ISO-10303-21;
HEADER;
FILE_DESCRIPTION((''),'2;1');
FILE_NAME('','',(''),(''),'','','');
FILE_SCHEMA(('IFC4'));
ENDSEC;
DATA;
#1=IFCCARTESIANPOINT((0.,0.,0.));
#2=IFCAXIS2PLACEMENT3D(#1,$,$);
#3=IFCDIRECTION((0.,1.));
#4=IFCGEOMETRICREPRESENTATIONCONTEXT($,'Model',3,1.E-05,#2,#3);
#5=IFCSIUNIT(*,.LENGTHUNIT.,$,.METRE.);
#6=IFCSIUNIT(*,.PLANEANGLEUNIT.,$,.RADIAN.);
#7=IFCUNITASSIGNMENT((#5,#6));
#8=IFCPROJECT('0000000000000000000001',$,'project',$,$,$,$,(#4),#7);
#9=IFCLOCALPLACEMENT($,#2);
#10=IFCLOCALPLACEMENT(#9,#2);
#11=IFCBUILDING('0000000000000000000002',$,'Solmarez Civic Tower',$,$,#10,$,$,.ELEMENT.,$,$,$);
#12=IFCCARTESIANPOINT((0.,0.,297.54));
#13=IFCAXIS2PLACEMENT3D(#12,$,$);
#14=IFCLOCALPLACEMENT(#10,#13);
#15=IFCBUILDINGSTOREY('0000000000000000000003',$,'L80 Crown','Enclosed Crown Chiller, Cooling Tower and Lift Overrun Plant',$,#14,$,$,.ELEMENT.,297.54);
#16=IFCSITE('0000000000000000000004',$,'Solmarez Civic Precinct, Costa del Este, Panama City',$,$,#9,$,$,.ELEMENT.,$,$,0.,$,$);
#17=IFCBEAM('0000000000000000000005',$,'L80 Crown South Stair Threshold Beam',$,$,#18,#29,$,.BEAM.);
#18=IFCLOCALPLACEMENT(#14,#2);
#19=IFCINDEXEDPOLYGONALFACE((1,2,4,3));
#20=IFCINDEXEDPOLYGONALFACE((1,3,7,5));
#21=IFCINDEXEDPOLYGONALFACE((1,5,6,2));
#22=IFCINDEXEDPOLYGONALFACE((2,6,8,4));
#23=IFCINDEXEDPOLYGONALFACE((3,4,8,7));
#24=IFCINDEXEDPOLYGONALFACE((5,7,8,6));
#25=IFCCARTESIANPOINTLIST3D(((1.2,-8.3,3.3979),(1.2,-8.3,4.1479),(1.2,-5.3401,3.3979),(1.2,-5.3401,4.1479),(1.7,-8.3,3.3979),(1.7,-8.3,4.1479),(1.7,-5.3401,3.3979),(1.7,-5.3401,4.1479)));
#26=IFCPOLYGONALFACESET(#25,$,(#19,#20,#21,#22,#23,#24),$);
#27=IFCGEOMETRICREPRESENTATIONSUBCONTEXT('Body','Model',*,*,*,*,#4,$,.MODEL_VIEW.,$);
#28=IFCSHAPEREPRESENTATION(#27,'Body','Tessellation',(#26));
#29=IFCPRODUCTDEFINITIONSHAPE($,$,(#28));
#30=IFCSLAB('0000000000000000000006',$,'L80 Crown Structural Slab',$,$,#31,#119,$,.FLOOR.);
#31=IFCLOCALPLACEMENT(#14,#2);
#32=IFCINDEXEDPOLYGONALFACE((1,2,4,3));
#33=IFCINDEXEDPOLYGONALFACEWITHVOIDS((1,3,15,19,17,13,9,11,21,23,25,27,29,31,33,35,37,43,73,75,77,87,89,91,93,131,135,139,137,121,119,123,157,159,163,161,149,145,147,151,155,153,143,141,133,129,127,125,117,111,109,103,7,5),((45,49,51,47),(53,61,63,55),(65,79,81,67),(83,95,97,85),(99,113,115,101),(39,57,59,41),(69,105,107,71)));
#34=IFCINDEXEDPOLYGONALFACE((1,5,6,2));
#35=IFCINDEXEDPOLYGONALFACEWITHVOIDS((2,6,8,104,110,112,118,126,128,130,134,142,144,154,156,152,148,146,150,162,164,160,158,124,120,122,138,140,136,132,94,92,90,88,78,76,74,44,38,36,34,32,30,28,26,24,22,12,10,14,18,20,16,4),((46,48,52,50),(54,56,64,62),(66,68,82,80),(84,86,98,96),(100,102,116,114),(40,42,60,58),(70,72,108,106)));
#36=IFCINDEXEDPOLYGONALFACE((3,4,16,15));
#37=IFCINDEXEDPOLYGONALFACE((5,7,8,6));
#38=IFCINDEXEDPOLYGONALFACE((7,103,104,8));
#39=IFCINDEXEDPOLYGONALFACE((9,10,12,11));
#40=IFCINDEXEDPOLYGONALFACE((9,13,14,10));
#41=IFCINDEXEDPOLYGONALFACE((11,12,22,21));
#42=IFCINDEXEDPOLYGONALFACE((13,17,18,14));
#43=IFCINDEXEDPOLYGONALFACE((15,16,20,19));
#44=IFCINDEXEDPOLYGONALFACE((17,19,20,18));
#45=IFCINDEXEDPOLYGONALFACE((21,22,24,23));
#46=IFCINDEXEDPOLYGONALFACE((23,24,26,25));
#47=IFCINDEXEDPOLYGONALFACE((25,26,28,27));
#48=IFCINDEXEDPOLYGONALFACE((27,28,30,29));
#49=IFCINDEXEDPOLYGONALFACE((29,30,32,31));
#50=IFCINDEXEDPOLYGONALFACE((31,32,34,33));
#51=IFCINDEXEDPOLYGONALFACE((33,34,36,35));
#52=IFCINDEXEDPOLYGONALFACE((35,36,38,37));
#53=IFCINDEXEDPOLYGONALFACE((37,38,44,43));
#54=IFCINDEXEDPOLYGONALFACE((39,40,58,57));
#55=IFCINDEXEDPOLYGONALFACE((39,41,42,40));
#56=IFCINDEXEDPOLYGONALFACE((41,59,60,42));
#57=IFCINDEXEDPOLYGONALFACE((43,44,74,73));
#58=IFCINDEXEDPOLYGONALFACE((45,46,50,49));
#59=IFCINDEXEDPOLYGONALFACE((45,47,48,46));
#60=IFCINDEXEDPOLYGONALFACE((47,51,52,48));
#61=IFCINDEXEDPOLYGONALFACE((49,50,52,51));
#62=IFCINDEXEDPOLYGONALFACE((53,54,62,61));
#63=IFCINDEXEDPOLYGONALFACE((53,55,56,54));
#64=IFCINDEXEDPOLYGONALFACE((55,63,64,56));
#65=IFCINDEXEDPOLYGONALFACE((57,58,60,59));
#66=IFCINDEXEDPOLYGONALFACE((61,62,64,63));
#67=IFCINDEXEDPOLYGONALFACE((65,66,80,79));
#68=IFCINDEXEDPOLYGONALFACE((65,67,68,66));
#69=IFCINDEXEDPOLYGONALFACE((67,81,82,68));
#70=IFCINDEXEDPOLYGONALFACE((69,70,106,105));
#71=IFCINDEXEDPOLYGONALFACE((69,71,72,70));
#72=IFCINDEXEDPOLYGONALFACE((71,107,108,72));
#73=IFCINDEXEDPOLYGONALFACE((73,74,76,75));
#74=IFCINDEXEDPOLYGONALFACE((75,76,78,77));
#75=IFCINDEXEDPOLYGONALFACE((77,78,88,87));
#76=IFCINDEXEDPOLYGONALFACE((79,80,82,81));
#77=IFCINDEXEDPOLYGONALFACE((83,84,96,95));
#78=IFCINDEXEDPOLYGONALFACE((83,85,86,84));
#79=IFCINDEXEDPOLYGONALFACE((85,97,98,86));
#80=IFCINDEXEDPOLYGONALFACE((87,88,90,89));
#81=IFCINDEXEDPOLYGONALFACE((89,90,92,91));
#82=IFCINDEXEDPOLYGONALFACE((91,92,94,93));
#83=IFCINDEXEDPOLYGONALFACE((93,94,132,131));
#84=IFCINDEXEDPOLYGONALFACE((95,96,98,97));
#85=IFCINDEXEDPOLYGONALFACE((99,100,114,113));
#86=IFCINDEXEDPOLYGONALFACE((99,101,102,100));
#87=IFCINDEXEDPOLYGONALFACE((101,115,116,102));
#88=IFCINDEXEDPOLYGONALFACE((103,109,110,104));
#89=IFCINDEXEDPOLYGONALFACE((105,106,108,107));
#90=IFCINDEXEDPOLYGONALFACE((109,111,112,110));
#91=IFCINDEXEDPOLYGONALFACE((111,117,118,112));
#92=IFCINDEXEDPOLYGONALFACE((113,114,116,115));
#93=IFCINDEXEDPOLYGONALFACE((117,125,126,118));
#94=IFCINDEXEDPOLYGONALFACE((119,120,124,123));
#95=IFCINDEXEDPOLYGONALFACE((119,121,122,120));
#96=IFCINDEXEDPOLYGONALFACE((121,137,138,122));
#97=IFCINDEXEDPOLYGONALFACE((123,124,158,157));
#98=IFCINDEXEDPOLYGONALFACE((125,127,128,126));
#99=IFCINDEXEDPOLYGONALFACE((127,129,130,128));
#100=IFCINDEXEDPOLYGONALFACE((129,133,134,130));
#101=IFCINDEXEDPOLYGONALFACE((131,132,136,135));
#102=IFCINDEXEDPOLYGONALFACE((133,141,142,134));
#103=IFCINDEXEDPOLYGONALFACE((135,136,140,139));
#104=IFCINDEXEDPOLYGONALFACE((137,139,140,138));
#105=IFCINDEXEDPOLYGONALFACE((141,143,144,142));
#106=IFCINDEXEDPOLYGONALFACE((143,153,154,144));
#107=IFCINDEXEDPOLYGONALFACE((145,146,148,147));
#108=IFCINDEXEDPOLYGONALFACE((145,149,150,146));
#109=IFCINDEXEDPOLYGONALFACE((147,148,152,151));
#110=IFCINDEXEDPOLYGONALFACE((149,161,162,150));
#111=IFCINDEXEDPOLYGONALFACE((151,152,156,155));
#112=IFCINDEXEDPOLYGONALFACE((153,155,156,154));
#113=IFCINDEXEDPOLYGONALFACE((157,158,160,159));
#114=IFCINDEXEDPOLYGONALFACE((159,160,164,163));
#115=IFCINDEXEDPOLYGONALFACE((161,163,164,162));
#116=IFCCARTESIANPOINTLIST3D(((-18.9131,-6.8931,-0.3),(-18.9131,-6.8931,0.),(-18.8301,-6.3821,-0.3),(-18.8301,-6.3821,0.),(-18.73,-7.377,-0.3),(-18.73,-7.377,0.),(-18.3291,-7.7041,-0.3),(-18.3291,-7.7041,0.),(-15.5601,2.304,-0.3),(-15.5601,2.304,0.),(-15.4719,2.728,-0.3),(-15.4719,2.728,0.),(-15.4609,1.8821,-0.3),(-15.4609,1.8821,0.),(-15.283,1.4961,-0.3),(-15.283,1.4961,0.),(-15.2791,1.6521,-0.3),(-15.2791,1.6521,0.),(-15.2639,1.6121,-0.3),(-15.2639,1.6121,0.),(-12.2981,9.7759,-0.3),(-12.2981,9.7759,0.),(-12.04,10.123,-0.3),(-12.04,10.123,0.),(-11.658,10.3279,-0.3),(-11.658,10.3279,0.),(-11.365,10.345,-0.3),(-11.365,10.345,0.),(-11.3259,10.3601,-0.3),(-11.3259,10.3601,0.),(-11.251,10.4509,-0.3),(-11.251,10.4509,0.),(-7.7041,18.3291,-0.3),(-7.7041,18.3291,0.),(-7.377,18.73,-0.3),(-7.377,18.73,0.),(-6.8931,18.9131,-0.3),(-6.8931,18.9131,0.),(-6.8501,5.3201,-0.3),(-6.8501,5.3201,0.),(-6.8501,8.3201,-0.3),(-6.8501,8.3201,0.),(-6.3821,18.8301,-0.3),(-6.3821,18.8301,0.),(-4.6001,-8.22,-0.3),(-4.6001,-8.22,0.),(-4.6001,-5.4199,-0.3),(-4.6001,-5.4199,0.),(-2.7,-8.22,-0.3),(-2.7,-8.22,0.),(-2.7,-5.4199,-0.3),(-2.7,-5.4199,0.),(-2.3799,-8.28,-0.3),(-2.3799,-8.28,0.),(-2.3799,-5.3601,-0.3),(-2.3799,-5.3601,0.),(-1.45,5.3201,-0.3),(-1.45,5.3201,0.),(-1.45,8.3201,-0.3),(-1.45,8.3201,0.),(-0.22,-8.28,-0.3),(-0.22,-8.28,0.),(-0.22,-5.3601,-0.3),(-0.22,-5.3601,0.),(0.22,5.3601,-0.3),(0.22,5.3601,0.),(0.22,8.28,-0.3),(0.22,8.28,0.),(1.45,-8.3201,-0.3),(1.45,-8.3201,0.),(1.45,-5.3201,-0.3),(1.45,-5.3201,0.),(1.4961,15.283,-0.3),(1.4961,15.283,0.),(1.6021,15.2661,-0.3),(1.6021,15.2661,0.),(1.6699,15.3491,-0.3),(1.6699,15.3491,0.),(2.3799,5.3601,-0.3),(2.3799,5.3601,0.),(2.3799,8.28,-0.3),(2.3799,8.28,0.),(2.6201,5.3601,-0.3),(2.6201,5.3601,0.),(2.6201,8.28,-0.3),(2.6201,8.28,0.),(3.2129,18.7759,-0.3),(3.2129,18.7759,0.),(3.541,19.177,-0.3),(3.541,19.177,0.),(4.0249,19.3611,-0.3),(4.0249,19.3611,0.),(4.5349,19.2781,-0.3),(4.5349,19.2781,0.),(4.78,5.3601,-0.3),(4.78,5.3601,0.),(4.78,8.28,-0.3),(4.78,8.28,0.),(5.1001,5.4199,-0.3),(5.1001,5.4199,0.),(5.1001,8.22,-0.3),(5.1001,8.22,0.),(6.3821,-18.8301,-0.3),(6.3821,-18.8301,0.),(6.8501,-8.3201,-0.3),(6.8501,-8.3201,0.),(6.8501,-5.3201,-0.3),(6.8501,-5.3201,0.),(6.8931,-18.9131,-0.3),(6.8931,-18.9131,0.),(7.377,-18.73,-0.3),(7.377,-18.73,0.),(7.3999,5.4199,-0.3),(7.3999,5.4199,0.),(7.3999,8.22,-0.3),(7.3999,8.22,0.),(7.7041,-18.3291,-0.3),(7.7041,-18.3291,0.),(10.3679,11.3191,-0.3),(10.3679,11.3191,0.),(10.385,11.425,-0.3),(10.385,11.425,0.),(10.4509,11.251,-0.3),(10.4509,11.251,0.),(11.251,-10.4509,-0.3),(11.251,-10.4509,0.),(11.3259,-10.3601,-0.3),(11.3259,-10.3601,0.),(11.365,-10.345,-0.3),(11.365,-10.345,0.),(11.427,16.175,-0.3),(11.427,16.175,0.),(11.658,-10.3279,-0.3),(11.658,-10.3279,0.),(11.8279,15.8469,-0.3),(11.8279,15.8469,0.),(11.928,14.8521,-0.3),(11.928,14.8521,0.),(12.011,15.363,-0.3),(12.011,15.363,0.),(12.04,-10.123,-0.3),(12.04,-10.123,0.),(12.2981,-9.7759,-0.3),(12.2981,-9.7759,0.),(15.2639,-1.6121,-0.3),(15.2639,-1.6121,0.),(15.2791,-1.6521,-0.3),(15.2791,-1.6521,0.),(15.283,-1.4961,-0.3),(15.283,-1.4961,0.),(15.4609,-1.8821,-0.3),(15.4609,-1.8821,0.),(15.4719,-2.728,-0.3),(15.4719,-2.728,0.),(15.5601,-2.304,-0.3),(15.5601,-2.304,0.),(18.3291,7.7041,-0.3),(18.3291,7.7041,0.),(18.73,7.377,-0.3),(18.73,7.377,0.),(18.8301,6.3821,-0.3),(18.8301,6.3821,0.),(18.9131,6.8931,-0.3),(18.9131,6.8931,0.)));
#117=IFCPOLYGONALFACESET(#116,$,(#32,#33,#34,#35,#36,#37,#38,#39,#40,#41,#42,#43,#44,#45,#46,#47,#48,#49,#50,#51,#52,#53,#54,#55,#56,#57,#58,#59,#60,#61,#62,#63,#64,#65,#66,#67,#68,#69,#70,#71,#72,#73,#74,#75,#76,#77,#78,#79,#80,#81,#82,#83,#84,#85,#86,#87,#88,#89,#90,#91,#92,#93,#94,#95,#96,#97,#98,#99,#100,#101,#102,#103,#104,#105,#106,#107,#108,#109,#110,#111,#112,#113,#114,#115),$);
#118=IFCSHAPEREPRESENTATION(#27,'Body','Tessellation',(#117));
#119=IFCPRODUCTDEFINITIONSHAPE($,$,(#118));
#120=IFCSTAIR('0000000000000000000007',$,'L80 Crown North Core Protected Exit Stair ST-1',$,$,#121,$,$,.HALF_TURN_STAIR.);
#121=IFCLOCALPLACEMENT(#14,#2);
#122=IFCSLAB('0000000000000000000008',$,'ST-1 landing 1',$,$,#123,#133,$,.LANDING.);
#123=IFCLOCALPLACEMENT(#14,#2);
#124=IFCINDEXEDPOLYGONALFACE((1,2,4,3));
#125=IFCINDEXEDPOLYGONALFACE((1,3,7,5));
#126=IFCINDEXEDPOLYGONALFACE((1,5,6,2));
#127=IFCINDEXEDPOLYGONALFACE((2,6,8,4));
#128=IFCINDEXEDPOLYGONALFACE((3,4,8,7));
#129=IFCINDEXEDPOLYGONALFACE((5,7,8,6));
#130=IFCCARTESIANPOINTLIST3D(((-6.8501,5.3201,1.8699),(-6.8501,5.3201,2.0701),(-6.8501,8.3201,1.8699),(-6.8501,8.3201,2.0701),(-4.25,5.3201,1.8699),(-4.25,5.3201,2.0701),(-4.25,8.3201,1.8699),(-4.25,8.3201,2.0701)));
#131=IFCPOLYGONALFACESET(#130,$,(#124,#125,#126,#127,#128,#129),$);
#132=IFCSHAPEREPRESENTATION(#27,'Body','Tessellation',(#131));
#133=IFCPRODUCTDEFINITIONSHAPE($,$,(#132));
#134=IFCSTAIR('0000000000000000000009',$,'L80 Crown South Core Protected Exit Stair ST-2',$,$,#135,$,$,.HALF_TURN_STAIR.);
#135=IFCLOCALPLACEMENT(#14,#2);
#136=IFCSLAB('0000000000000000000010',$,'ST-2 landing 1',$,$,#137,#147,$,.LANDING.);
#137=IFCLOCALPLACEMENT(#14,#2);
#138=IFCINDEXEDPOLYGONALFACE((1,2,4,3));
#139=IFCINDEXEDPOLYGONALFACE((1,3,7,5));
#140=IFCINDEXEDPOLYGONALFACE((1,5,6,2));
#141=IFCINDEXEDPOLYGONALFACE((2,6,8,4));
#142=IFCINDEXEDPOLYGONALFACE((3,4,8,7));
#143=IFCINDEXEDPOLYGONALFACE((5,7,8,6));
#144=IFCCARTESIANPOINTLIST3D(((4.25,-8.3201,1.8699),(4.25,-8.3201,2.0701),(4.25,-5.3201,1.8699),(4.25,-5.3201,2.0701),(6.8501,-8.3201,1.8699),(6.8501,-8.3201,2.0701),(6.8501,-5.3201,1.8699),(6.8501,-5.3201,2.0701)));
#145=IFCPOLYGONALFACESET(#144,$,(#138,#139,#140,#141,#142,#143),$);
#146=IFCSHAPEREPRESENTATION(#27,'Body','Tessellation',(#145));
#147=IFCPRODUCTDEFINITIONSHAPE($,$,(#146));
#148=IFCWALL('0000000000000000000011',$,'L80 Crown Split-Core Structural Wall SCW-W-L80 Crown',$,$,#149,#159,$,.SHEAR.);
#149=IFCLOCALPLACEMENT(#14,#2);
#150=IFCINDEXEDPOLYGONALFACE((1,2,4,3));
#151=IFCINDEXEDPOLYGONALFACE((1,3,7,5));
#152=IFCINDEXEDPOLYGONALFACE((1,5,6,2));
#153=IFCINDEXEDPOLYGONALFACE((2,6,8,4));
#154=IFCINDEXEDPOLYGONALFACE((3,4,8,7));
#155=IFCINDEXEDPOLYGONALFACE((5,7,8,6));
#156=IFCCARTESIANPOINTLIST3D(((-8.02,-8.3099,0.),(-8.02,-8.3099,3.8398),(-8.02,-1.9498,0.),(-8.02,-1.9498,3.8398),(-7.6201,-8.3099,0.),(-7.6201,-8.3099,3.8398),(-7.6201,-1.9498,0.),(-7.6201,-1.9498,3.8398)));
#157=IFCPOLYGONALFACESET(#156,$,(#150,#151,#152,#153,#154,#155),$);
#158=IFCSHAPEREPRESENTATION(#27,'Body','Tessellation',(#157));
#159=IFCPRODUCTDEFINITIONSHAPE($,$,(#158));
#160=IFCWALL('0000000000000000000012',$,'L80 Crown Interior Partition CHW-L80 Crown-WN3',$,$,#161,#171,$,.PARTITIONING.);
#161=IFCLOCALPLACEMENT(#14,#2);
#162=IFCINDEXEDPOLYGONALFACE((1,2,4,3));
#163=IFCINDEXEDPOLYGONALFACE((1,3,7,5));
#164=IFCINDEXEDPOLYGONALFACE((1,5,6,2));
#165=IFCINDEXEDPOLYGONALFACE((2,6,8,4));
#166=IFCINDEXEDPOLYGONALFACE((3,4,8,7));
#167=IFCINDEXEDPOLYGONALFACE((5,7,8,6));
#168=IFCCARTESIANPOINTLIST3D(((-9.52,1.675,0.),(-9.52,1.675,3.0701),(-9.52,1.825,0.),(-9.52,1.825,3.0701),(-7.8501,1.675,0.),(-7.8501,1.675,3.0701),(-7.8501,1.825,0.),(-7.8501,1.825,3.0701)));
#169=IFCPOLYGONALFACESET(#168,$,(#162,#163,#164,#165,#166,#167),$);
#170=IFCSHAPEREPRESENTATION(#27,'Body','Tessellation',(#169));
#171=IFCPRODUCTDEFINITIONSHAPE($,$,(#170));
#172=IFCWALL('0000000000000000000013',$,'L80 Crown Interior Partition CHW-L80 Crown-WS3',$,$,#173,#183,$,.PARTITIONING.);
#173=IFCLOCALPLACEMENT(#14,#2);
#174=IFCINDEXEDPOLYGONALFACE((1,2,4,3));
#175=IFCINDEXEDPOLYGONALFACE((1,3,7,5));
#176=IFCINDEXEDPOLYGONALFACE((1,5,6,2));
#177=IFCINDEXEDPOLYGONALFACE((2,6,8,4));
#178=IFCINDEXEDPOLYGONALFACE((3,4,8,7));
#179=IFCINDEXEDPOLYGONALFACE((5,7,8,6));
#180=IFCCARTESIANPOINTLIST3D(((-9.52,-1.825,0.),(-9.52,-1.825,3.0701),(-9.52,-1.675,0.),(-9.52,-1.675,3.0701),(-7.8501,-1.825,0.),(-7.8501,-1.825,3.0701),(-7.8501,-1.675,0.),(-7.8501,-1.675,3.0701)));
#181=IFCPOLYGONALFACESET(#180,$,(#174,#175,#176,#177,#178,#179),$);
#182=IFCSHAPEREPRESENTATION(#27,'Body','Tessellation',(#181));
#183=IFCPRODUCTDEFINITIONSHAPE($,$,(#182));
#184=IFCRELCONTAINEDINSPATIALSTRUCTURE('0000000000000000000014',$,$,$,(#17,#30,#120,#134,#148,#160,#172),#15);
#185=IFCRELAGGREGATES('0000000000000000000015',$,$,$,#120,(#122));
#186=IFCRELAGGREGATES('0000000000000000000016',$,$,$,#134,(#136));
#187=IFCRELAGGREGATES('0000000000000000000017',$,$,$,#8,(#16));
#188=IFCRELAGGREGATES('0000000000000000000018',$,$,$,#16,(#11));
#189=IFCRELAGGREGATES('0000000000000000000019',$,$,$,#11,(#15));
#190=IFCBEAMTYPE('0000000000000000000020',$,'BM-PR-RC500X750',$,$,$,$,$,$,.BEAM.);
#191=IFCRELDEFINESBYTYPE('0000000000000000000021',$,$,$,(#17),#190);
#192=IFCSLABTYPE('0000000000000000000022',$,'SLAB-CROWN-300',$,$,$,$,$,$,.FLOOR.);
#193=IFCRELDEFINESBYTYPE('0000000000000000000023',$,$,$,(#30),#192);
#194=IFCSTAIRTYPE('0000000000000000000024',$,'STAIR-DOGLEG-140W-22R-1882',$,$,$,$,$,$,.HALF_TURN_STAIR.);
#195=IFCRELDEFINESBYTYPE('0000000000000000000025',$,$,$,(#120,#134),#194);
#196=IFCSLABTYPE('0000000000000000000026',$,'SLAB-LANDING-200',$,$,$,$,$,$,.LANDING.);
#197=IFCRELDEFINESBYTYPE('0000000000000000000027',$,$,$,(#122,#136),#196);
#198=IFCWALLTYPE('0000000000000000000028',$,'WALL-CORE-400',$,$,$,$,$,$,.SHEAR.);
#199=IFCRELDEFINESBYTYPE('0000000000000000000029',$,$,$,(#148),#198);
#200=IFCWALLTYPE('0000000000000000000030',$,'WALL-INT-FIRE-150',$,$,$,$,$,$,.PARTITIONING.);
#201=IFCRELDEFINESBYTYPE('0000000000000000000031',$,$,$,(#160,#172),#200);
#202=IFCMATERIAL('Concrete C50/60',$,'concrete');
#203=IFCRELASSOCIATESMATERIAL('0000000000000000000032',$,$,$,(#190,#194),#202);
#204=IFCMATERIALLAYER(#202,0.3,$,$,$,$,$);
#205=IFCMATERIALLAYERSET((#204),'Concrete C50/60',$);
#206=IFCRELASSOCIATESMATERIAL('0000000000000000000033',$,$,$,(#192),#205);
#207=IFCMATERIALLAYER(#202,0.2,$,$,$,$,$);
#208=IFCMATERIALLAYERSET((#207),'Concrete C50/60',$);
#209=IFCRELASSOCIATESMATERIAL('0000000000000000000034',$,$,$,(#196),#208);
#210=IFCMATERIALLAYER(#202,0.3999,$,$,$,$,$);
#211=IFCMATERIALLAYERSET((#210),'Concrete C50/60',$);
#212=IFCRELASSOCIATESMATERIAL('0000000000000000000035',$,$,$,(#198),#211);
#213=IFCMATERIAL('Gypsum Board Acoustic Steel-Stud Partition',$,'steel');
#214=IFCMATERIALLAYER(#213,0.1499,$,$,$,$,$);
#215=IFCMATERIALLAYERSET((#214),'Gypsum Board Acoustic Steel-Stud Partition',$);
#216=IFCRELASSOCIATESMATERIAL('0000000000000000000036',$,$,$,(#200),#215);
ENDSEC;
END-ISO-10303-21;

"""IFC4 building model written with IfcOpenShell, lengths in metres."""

from ifc_helpers import new_model, si_unit, direction, frame, frame_2d, origin, origin_2d, place, context, subcontext, project, spatial, polyline, rectangle, outline, extrude, material, layer, layer_set, material_profile, profile_set, type_object, element, aggregate, save


model = new_model("IFC4")

# Units and contexts
model_context = context("Model", 3, precision=1e-05, world=origin(), true_north=direction((0.0, 1.0)))
body_context = subcontext(model_context, "Body", "Model", "MODEL_VIEW")
ifc_project = project(units=[si_unit("LENGTHUNIT", "METRE"), si_unit("PLANEANGLEUNIT", "RADIAN")], contexts=[model_context])

# Site, building, storey
site_placement = place(None, origin())
site = spatial("IfcSite", under=ifc_project, at=site_placement, Name="Solmarez Civic Precinct, Costa del Este, Panama City", CompositionType="ELEMENT", RefElevation=0.0)
building_placement = place(site_placement, origin())
building = spatial("IfcBuilding", under=site, at=building_placement, Name="Solmarez Civic Tower", CompositionType="ELEMENT")
storey_placement = place(building_placement, frame((0.0, 0.0, 297.54)))
storey = spatial("IfcBuildingStorey", under=building, at=storey_placement, Name="L80 Crown", Description="Enclosed Crown Chiller, Cooling Tower and Lift Overrun Plant", CompositionType="ELEMENT", Elevation=297.54)

# Beam
ifc_material_1 = material(Name="Concrete C50/60", Category="concrete")
ifc_material_profile = material_profile(ifc_material_1, rectangle(XDim=0.5, YDim=0.75, at=origin_2d()), Name="RC500X750")
ifc_profile_set = profile_set([ifc_material_profile], Name="Concrete C50/60")
beam_type = type_object("IfcBeamType", Name="BM-PR-RC500X750", PredefinedType="BEAM", material=ifc_profile_set)
beam_placement = place(storey_placement, frame((1.45, -8.3, 3.7729), z_axis=(0.0, 1.0, 0.0), x_axis=(-1.0, 0.0, 0.0)))
element("IfcBeam", 1, at=beam_placement, inside=storey, type_object=beam_type, Name="L80 Crown South Stair Threshold Beam", PredefinedType="BEAM", context=body_context, shape_type="SweptSolid", body=[
    extrude(rectangle(XDim=0.5, YDim=0.75, at=origin_2d()), origin(), (0.0, 0.0, 1.0), 2.96),
])

# Slab
ifc_layer_1 = layer(ifc_material_1, 0.3)
ifc_layer_set_1 = layer_set([ifc_layer_1], Name="Concrete C50/60")
slab_type_1 = type_object("IfcSlabType", Name="SLAB-CROWN-300", PredefinedType="FLOOR", material=ifc_layer_set_1)
slab_1_placement = place(storey_placement, frame((0.0, 0.0, -0.3)))
element("IfcSlab", 2, at=slab_1_placement, inside=storey, type_object=slab_type_1, Name="L80 Crown Structural Slab", PredefinedType="FLOOR", context=body_context, shape_type="SweptSolid", body=[
    extrude(outline(polyline([(-15.2639, 1.6121), (-15.283, 1.4961), (-18.8301, -6.3821), (-18.9131, -6.8931), (-18.73, -7.377), (-18.3291, -7.7041), (6.3821, -18.8301), (6.8931, -18.9131), (7.377, -18.73), (7.7041, -18.3291), (11.251, -10.4509), (11.3259, -10.3601), (11.365, -10.345), (11.658, -10.3279), (12.04, -10.123), (12.2981, -9.7759), (15.4719, -2.728), (15.5601, -2.304), (15.4609, -1.8821), (15.2791, -1.6521), (15.2639, -1.6121), (15.283, -1.4961), (18.8301, 6.3821), (18.9131, 6.8931), (18.73, 7.377), (18.3291, 7.7041), (10.4509, 11.251), (10.3679, 11.3191), (10.385, 11.425), (11.928, 14.8521), (12.011, 15.363), (11.8279, 15.8469), (11.427, 16.175), (4.5349, 19.2781), (4.0249, 19.3611), (3.541, 19.177), (3.2129, 18.7759), (1.6699, 15.3491), (1.6021, 15.2661), (1.4961, 15.283), (-6.3821, 18.8301), (-6.8931, 18.9131), (-7.377, 18.73), (-7.7041, 18.3291), (-11.251, 10.4509), (-11.3259, 10.3601), (-11.365, 10.345), (-11.658, 10.3279), (-12.04, 10.123), (-12.2981, 9.7759), (-15.4719, 2.728), (-15.5601, 2.304), (-15.4609, 1.8821), (-15.2791, 1.6521), (-15.2639, 1.6121)]), holes=[polyline([(-1.45, 8.3201), (-6.8501, 8.3201), (-6.8501, 5.3201), (-1.45, 5.3201), (-1.45, 8.3201)]), polyline([(1.45, -8.3201), (6.8501, -8.3201), (6.8501, -5.3201), (1.45, -5.3201), (1.45, -8.3201)]), polyline([(0.22, 5.3601), (2.3799, 5.3601), (2.3799, 8.28), (0.22, 8.28), (0.22, 5.3601)]), polyline([(2.6201, 5.3601), (4.78, 5.3601), (4.78, 8.28), (2.6201, 8.28), (2.6201, 5.3601)]), polyline([(-2.3799, -8.28), (-0.22, -8.28), (-0.22, -5.3601), (-2.3799, -5.3601), (-2.3799, -8.28)]), polyline([(5.1001, 5.4199), (7.3999, 5.4199), (7.3999, 8.22), (5.1001, 8.22), (5.1001, 5.4199)]), polyline([(-4.6001, -8.22), (-2.7, -8.22), (-2.7, -5.4199), (-4.6001, -5.4199), (-4.6001, -8.22)])]), origin(), (0.0, 0.0, 1.0), 0.3),
])

# Stairs, slabs
stair_type = type_object("IfcStairType", Name="STAIR-DOGLEG-140W-22R-1882", PredefinedType="HALF_TURN_STAIR", material=ifc_material_1)
stair_1_placement = place(storey_placement, origin())
stair_1 = element("IfcStair", 3, at=stair_1_placement, inside=storey, type_object=stair_type, Name="L80 Crown North Core Protected Exit Stair ST-1", PredefinedType="HALF_TURN_STAIR")
ifc_layer_2 = layer(ifc_material_1, 0.2)
ifc_layer_set_2 = layer_set([ifc_layer_2], Name="Concrete C50/60")
slab_type_2 = type_object("IfcSlabType", Name="SLAB-LANDING-200", PredefinedType="LANDING", material=ifc_layer_set_2)
slab_2_placement = place(storey_placement, frame((0.0, 0.0, 1.8699)))
slab_2 = element("IfcSlab", 4, at=slab_2_placement, type_object=slab_type_2, Name="ST-1 landing 1", PredefinedType="LANDING", context=body_context, shape_type="SweptSolid", body=[
    extrude(outline(polyline([(-4.25, 8.3201), (-6.8501, 8.3201), (-6.8501, 5.3201), (-4.25, 5.3201), (-4.25, 8.3201)])), origin(), (0.0, 0.0, 1.0), 0.2002),
])
aggregate(stair_1, [slab_2])
stair_2_placement = place(storey_placement, origin())
stair_2 = element("IfcStair", 5, at=stair_2_placement, inside=storey, type_object=stair_type, Name="L80 Crown South Core Protected Exit Stair ST-2", PredefinedType="HALF_TURN_STAIR")
slab_3_placement = place(storey_placement, frame((0.0, 0.0, 1.8699)))
slab_3 = element("IfcSlab", 6, at=slab_3_placement, type_object=slab_type_2, Name="ST-2 landing 1", PredefinedType="LANDING", context=body_context, shape_type="SweptSolid", body=[
    extrude(outline(polyline([(4.25, -8.3201), (6.8501, -8.3201), (6.8501, -5.3201), (4.25, -5.3201), (4.25, -8.3201)])), origin(), (0.0, 0.0, 1.0), 0.2002),
])

# Walls
ifc_layer_3 = layer(ifc_material_1, 0.3999)
ifc_layer_set_3 = layer_set([ifc_layer_3], Name="Concrete C50/60")
wall_type_1 = type_object("IfcWallType", Name="WALL-CORE-400", PredefinedType="SHEAR", material=ifc_layer_set_3)
wall_1_placement = place(storey_placement, frame((-7.8201, -8.3101, 0.0), z_axis=(0.0, 0.0, 1.0), x_axis=(0.0, 1.0, 0.0)))
element("IfcWall", 7, at=wall_1_placement, inside=storey, type_object=wall_type_1, Name="L80 Crown Split-Core Structural Wall SCW-W-L80 Crown", PredefinedType="SHEAR", context=body_context, shape_type="SweptSolid", body=[
    extrude(rectangle(XDim=6.3601, YDim=0.3999, at=frame_2d((3.1802, 0.0))), origin(), (0.0, 0.0, 1.0), 3.8398),
])
ifc_material_2 = material(Name="Gypsum Board Acoustic Steel-Stud Partition", Category="steel")
ifc_layer_4 = layer(ifc_material_2, 0.1499)
ifc_layer_set_4 = layer_set([ifc_layer_4], Name="Gypsum Board Acoustic Steel-Stud Partition")
wall_type_2 = type_object("IfcWallType", Name="WALL-INT-FIRE-150", PredefinedType="PARTITIONING", material=ifc_layer_set_4)
for number, where, z_axis, x_axis, name in (
    (8, (-7.8501, 1.75, 0.0), (0.0, 0.0, 1.0), (-1.0, 0.0, 0.0), "L80 Crown Interior Partition CHW-L80 Crown-WN3"),
    (9, (-7.8501, -1.75, 0.0), (0.0, 0.0, 1.0), (-1.0, 0.0, 0.0), "L80 Crown Interior Partition CHW-L80 Crown-WS3"),
):
    element("IfcWall", number, at=place(storey_placement, frame(where, z_axis=z_axis, x_axis=x_axis)), inside=storey, type_object=wall_type_2, Name=name, PredefinedType="PARTITIONING", context=body_context, shape_type="SweptSolid", body=[
        extrude(rectangle(XDim=1.6699, YDim=0.1499, at=frame_2d((0.835, 0.0))), origin(), (0.0, 0.0, 1.0), 3.0701),
    ])

aggregate(stair_2, [slab_3])

save(model, "model.ifc")
